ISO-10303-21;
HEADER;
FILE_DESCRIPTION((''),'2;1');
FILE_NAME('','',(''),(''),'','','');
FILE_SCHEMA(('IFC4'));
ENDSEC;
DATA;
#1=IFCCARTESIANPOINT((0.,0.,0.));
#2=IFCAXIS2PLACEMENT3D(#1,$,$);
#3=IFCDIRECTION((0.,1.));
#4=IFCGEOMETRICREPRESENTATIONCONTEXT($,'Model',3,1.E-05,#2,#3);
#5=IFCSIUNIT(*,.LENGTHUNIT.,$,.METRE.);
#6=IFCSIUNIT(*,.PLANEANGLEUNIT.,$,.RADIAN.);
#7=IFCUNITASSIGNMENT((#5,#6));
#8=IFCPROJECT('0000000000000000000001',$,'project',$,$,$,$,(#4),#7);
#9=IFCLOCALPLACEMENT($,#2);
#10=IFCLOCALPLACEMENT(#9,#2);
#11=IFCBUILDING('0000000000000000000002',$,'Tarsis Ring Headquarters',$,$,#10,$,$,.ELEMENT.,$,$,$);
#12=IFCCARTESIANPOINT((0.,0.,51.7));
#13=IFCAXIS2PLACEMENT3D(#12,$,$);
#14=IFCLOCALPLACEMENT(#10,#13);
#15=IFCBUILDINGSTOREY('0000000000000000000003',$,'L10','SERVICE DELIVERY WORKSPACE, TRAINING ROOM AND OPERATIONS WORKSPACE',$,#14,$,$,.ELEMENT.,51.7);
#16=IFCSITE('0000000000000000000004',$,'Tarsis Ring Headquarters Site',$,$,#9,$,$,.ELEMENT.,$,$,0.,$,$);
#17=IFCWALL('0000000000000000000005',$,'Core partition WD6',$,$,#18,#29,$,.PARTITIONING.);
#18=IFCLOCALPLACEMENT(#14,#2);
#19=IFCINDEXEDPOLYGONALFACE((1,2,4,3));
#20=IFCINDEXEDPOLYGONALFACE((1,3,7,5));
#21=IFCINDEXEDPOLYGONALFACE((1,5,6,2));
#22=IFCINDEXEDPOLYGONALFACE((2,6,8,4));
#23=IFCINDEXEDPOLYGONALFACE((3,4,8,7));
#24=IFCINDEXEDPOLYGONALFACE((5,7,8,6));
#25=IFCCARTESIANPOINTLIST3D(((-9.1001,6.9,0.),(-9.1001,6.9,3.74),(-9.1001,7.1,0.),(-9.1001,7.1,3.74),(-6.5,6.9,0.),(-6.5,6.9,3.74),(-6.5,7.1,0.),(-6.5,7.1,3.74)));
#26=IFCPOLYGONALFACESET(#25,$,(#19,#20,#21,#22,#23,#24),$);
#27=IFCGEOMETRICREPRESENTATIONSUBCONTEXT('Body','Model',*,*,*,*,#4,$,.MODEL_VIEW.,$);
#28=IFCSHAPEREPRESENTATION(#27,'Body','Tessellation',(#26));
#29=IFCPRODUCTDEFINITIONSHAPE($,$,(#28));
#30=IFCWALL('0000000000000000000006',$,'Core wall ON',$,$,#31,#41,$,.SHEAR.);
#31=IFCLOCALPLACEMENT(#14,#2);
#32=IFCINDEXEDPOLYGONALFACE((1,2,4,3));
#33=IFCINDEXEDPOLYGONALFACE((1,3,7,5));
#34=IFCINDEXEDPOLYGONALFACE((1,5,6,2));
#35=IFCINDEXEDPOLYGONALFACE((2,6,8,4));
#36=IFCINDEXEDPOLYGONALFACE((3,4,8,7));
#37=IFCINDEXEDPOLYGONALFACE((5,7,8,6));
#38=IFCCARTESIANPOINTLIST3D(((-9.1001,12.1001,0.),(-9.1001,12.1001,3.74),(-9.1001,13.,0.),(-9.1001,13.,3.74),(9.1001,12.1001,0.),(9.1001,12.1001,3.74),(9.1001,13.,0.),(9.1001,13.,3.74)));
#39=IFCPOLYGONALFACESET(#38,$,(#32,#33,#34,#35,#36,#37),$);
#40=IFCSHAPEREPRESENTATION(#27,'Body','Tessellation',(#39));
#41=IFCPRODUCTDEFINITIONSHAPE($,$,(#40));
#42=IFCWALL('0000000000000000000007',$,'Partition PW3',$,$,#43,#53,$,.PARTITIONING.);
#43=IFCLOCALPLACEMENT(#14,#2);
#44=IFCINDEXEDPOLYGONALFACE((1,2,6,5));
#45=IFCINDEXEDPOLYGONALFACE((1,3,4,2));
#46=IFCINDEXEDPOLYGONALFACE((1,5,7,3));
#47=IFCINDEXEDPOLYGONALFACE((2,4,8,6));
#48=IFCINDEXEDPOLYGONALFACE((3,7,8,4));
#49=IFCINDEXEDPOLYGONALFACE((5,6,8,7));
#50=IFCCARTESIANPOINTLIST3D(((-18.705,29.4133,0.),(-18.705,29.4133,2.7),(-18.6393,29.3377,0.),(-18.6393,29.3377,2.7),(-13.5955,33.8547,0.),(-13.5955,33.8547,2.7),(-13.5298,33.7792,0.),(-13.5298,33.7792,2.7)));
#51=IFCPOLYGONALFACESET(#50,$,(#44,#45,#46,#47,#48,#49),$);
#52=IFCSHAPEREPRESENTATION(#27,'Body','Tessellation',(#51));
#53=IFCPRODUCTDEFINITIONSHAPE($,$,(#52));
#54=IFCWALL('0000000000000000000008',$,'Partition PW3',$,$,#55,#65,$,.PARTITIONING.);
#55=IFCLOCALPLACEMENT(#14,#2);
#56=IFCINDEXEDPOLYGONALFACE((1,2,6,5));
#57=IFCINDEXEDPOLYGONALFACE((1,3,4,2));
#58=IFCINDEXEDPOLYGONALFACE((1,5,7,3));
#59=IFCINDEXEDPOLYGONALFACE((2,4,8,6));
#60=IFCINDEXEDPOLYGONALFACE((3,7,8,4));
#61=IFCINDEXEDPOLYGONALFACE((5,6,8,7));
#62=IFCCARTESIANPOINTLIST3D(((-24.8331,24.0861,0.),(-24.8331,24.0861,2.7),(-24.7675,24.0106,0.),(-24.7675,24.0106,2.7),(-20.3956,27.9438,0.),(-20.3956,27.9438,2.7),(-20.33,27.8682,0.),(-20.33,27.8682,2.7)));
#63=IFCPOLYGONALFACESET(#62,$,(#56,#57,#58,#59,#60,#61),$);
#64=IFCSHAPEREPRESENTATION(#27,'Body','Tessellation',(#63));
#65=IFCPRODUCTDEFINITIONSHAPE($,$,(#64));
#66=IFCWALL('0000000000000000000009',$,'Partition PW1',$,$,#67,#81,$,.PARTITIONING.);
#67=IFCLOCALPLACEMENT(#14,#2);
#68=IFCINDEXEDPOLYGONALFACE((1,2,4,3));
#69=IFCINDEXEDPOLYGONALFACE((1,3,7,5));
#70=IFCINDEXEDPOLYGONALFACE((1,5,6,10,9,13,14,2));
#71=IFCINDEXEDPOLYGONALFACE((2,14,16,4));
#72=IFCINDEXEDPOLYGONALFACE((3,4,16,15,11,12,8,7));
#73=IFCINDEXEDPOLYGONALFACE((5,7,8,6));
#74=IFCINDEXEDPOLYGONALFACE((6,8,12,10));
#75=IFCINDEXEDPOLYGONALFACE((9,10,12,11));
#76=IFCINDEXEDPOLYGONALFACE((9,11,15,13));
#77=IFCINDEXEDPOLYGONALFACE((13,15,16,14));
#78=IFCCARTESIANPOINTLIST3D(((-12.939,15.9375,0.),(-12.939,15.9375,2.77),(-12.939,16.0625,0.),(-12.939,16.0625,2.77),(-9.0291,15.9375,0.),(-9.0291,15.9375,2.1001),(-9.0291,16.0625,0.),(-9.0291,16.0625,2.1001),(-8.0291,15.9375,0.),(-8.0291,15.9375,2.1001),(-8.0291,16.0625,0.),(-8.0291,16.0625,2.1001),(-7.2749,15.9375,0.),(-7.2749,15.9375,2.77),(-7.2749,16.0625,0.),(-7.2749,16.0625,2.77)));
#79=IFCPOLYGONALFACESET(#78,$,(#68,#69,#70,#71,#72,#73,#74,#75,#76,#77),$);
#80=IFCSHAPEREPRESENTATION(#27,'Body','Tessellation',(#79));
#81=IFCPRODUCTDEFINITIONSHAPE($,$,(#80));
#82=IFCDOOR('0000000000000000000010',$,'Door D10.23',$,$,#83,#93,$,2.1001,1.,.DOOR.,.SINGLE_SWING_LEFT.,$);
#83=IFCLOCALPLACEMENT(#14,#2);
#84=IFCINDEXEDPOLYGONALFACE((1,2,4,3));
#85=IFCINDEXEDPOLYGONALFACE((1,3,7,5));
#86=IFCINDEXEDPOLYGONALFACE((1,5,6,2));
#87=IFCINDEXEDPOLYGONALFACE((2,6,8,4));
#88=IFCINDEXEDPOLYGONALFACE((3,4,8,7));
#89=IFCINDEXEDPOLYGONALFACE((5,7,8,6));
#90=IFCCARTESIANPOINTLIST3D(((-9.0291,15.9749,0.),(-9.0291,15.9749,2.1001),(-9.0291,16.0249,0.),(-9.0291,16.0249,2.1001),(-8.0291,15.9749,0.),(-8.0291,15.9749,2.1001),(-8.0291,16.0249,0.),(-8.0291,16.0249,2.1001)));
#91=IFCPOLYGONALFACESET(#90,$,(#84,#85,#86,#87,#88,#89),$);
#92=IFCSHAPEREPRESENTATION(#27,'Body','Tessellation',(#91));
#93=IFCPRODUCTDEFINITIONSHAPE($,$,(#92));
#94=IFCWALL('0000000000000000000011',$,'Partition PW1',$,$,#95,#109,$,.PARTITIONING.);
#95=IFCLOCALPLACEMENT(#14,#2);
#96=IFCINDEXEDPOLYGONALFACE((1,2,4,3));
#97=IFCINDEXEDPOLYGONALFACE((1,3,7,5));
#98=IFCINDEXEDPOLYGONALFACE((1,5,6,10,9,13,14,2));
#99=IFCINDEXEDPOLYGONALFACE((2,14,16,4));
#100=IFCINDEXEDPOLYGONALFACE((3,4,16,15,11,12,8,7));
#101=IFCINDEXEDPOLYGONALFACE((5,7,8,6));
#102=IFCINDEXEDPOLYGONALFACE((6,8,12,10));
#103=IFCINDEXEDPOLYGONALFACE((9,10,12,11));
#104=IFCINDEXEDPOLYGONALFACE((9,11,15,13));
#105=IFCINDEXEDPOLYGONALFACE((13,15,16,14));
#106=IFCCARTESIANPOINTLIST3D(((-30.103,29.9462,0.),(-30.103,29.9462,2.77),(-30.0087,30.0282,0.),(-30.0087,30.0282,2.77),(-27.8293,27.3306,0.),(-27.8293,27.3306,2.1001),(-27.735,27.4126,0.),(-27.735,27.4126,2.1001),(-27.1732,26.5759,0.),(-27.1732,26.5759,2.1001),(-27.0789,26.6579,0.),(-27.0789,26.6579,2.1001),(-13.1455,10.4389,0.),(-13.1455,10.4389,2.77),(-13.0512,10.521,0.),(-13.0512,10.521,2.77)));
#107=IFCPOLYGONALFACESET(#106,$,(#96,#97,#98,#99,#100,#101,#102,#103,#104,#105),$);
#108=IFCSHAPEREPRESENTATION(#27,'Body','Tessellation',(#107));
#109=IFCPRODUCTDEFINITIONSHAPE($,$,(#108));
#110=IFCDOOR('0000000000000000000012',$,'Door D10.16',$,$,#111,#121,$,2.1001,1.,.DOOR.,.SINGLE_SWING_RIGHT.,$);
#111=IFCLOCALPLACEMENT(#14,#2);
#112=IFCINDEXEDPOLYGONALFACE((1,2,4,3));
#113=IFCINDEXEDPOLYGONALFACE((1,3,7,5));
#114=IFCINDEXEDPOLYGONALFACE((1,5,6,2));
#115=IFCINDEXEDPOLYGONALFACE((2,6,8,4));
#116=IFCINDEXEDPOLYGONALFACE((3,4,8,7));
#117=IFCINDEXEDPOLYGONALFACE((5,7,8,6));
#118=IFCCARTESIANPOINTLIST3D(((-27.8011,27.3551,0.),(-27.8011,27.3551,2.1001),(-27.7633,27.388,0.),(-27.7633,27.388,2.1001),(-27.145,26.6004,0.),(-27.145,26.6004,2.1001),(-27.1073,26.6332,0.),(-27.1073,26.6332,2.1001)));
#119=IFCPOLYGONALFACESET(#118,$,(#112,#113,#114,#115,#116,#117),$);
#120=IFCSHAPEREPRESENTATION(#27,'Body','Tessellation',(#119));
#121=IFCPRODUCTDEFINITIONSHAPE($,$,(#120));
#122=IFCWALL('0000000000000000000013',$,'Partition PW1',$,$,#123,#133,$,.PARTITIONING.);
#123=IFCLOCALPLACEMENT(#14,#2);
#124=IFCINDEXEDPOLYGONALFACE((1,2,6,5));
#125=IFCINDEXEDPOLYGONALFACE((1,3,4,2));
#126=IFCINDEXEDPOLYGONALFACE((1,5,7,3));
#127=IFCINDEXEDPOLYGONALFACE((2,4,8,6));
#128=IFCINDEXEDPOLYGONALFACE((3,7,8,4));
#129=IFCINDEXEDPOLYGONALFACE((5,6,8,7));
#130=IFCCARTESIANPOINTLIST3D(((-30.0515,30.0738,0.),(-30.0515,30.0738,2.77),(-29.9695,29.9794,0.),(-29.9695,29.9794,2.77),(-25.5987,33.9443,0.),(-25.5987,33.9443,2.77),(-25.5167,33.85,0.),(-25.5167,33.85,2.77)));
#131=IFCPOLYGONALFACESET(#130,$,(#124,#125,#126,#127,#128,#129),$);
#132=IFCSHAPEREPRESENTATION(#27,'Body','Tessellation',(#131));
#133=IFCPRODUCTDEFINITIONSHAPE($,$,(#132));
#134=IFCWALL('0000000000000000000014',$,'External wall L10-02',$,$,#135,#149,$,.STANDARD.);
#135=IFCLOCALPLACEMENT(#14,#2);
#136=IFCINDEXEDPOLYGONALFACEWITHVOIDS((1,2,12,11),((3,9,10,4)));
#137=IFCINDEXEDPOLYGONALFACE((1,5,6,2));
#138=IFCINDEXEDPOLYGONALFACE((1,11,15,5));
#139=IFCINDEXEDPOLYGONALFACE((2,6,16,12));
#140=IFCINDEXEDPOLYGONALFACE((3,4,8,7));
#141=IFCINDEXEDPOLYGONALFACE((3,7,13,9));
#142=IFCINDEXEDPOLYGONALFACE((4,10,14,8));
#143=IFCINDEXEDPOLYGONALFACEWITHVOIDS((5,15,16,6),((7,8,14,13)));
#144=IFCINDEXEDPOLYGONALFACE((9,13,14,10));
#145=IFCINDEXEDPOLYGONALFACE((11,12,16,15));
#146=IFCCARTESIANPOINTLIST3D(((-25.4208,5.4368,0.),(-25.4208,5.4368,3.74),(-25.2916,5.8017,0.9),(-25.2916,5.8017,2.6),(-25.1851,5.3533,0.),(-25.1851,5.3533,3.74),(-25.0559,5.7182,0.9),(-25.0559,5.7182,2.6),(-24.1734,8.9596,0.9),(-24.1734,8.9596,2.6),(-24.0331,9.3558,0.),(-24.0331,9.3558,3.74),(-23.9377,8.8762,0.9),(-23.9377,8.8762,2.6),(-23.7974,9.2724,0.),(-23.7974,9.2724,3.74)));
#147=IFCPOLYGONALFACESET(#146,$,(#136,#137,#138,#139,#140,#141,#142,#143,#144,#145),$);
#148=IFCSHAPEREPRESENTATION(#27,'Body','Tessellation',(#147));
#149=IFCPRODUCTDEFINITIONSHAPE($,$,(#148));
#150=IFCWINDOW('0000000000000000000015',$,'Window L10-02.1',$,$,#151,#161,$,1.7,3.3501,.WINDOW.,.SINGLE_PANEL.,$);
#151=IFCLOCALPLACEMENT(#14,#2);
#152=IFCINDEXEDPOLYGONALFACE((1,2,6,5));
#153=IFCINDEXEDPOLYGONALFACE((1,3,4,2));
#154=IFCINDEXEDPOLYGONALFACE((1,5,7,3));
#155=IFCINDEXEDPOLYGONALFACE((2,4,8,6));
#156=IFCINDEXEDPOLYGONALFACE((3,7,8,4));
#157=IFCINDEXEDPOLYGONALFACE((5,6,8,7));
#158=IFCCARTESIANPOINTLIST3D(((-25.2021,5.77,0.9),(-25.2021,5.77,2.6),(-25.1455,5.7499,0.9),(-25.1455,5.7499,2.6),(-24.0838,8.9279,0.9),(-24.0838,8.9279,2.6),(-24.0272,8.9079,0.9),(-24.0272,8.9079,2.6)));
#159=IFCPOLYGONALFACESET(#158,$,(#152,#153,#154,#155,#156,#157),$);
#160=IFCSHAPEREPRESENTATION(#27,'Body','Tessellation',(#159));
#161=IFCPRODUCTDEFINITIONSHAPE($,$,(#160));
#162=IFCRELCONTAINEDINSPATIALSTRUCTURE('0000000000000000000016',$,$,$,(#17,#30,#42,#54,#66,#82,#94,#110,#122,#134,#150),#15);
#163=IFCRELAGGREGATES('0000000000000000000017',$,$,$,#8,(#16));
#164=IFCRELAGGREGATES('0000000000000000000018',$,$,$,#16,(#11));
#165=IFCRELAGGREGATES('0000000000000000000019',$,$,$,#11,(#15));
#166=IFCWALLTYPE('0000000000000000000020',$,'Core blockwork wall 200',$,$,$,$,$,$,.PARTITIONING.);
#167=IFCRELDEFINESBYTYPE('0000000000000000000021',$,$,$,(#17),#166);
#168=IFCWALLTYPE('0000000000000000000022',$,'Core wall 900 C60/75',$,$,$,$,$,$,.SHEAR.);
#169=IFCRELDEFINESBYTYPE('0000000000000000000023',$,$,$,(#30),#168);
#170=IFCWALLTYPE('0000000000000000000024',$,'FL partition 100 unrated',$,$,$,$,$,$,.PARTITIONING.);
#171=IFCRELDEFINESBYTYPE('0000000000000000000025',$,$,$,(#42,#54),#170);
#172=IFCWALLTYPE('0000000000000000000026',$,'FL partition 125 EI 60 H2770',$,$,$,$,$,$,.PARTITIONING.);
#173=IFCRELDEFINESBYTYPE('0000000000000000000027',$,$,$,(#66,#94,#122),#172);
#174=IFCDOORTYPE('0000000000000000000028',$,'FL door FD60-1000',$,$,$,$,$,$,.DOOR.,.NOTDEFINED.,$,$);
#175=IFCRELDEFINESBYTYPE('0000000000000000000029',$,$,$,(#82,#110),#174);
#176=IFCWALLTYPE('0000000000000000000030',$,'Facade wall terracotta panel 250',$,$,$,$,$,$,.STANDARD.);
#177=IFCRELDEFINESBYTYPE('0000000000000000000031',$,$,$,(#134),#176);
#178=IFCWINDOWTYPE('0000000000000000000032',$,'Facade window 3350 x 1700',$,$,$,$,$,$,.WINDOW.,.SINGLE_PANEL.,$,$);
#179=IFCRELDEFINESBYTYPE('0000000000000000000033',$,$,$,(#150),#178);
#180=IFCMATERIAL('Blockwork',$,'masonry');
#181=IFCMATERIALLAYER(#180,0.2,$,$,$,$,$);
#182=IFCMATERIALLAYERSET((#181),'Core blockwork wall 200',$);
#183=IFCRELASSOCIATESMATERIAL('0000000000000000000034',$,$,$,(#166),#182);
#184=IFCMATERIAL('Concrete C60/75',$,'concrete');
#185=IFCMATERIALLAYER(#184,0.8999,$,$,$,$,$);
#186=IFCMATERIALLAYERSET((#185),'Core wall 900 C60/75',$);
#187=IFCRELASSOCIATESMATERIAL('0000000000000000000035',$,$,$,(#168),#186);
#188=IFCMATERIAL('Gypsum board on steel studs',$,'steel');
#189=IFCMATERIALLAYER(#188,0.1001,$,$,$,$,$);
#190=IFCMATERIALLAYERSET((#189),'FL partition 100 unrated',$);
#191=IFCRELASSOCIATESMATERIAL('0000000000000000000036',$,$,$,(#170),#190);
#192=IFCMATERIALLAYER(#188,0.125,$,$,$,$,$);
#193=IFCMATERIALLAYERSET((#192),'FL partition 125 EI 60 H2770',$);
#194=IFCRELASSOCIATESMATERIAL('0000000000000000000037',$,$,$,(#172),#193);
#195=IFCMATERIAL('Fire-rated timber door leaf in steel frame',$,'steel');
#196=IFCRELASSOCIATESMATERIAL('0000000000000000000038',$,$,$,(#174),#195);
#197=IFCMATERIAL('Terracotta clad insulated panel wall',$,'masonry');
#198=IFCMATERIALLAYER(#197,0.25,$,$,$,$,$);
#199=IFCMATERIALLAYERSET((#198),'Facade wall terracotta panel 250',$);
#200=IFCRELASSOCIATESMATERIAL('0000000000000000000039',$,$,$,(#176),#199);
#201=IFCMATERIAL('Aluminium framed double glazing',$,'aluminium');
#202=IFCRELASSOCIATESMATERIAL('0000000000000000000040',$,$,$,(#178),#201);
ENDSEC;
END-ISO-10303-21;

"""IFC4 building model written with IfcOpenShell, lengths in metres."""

from ifc_helpers import new_model, si_unit, direction, frame, frame_2d, origin, place, context, subcontext, project, spatial, rectangle, extrude, material, layer, layer_set, type_object, element, fill, save


model = new_model("IFC4")

# Units and contexts
model_context = context("Model", 3, precision=1e-05, world=origin(), true_north=direction((0.0, 1.0)))
body_context = subcontext(model_context, "Body", "Model", "MODEL_VIEW")
ifc_project = project(units=[si_unit("LENGTHUNIT", "METRE"), si_unit("PLANEANGLEUNIT", "RADIAN")], contexts=[model_context])

# Site, building, storey
site_placement = place(None, origin())
site = spatial("IfcSite", under=ifc_project, at=site_placement, Name="Tarsis Ring Headquarters Site", CompositionType="ELEMENT", RefElevation=0.0)
building_placement = place(site_placement, origin())
building = spatial("IfcBuilding", under=site, at=building_placement, Name="Tarsis Ring Headquarters", CompositionType="ELEMENT")
storey_placement = place(building_placement, frame((0.0, 0.0, 51.7)))
storey = spatial("IfcBuildingStorey", under=building, at=storey_placement, Name="L10", Description="SERVICE DELIVERY WORKSPACE, TRAINING ROOM AND OPERATIONS WORKSPACE", CompositionType="ELEMENT", Elevation=51.7)

# Walls
ifc_material_1 = material(Name="Blockwork", Category="masonry")
ifc_layer_1 = layer(ifc_material_1, 0.2)
ifc_layer_set_1 = layer_set([ifc_layer_1], Name="Core blockwork wall 200")
wall_type_1 = type_object("IfcWallType", Name="Core blockwork wall 200", PredefinedType="PARTITIONING", material=ifc_layer_set_1)
wall_1_placement = place(storey_placement, frame((-9.1001, 7.0, 0.0), z_axis=(0.0, 0.0, 1.0), x_axis=(1.0, 0.0, 0.0)))
element("IfcWall", 1, at=wall_1_placement, inside=storey, type_object=wall_type_1, Name="Core partition WD6", PredefinedType="PARTITIONING", context=body_context, shape_type="SweptSolid", body=[
    extrude(rectangle(XDim=2.6001, YDim=0.2, at=frame_2d((1.3, 0.0))), origin(), (0.0, 0.0, 1.0), 3.74),
])
ifc_material_2 = material(Name="Concrete C60/75", Category="concrete")
ifc_layer_2 = layer(ifc_material_2, 0.8999)
ifc_layer_set_2 = layer_set([ifc_layer_2], Name="Core wall 900 C60/75")
wall_type_2 = type_object("IfcWallType", Name="Core wall 900 C60/75", PredefinedType="SHEAR", material=ifc_layer_set_2)
wall_2_placement = place(storey_placement, frame((-9.1001, 12.55, 0.0), z_axis=(0.0, 0.0, 1.0), x_axis=(1.0, 0.0, 0.0)))
element("IfcWall", 2, at=wall_2_placement, inside=storey, type_object=wall_type_2, Name="Core wall ON", PredefinedType="SHEAR", context=body_context, shape_type="SweptSolid", body=[
    extrude(rectangle(XDim=18.2002, YDim=0.8999, at=frame_2d((9.1001, 0.0))), origin(), (0.0, 0.0, 1.0), 3.74),
])
ifc_material_3 = material(Name="Gypsum board on steel studs", Category="steel")
ifc_layer_3 = layer(ifc_material_3, 0.1001)
ifc_layer_set_3 = layer_set([ifc_layer_3], Name="FL partition 100 unrated")
wall_type_3 = type_object("IfcWallType", Name="FL partition 100 unrated", PredefinedType="PARTITIONING", material=ifc_layer_set_3)
wall_3_placement = place(storey_placement, frame((-18.6721, 29.3755, 0.0), z_axis=(0.0, 0.0, 1.0), x_axis=(0.754717, 0.65605, 0.0)))
element("IfcWall", 3, at=wall_3_placement, inside=storey, type_object=wall_type_3, Name="Partition PW3", PredefinedType="PARTITIONING", context=body_context, shape_type="SweptSolid", body=[
    extrude(rectangle(XDim=6.77, YDim=0.1001, at=frame_2d((3.385, 0.0))), origin(), (0.0, 0.0, 1.0), 2.7),
])
wall_4_placement = place(storey_placement, frame((-24.8003, 24.0483, 0.0), z_axis=(0.0, 0.0, 1.0), x_axis=(0.754692, 0.656079, 0.0)))
element("IfcWall", 4, at=wall_4_placement, inside=storey, type_object=wall_type_3, Name="Partition PW3", PredefinedType="PARTITIONING", context=body_context, shape_type="SweptSolid", body=[
    extrude(rectangle(XDim=5.8799, YDim=0.1001, at=frame_2d((2.9399, 0.0))), origin(), (0.0, 0.0, 1.0), 2.7),
])

# Walls, openings, doors
ifc_layer_4 = layer(ifc_material_3, 0.125)
ifc_layer_set_4 = layer_set([ifc_layer_4], Name="FL partition 125 EI 60 H2770")
wall_type_4 = type_object("IfcWallType", Name="FL partition 125 EI 60 H2770", PredefinedType="PARTITIONING", material=ifc_layer_set_4)
wall_5_placement = place(storey_placement, frame((-12.939, 16.0, 0.0), z_axis=(0.0, 0.0, 1.0), x_axis=(1.0, 0.0, 0.0)))
wall_5 = element("IfcWall", 5, at=wall_5_placement, inside=storey, type_object=wall_type_4, Name="Partition PW1", PredefinedType="PARTITIONING", context=body_context, shape_type="SweptSolid", body=[
    extrude(rectangle(XDim=5.6641, YDim=0.125, at=frame_2d((2.832, 0.0))), origin(), (0.0, 0.0, 1.0), 2.77),
])
opening_1_placement = place(wall_5_placement, frame((3.9099, 0.0, 0.0)))
opening_1 = element("IfcOpeningElement", 6, at=opening_1_placement, cuts=wall_5, PredefinedType="OPENING", context=body_context, shape_type="SweptSolid", body=[
    extrude(rectangle(XDim=1.0, YDim=2.1001, at=frame_2d((0.5, 1.05))), frame((0.0, 0.0725, 0.0), z_axis=(0.0, -1.0, 0.0), x_axis=(1.0, 0.0, 0.0)), (0.0, 0.0, 1.0), 0.145),
])
ifc_material_4 = material(Name="Fire-rated timber door leaf in steel frame", Category="steel")
door_type_1 = type_object("IfcDoorType", Name="FL door FD60-1000", OperationType="NOTDEFINED", PredefinedType="DOOR", material=ifc_material_4)
door_1_placement = place(opening_1_placement, origin())
door_1 = element("IfcDoor", 7, at=door_1_placement, inside=storey, type_object=door_type_1, Name="Door D10.23", OperationType="SINGLE_SWING_LEFT", OverallHeight=2.1001, OverallWidth=1.0, PredefinedType="DOOR", context=body_context, shape_type="SweptSolid", body=[
    extrude(rectangle(XDim=1.0, YDim=2.1001, at=frame_2d((0.5, 1.05))), frame((0.0, 0.0249, 0.0), z_axis=(0.0, -1.0, 0.0), x_axis=(1.0, 0.0, 0.0)), (0.0, 0.0, 1.0), 0.05),
])
fill(opening_1, door_1)
wall_6_placement = place(storey_placement, frame((-30.0559, 29.9873, 0.0), z_axis=(0.0, 0.0, 1.0), x_axis=(0.65606, -0.754708, 0.0)))
wall_6 = element("IfcWall", 8, at=wall_6_placement, inside=storey, type_object=wall_type_4, Name="Partition PW1", PredefinedType="PARTITIONING", context=body_context, shape_type="SweptSolid", body=[
    extrude(rectangle(XDim=25.8474, YDim=0.125, at=frame_2d((12.9238, 0.0))), origin(), (0.0, 0.0, 1.0), 2.77),
])
opening_2_placement = place(wall_6_placement, frame((3.4658, 0.0, 0.0)))
opening_2 = element("IfcOpeningElement", 9, at=opening_2_placement, cuts=wall_6, PredefinedType="OPENING", context=body_context, shape_type="SweptSolid", body=[
    extrude(rectangle(XDim=1.0, YDim=2.1001, at=frame_2d((0.5, 1.05))), frame((0.0, 0.0725, 0.0), z_axis=(0.0, -1.0, 0.0), x_axis=(1.0, 0.0, 0.0)), (0.0, 0.0, 1.0), 0.145),
])
door_2_placement = place(opening_2_placement, origin())
door_2 = element("IfcDoor", 10, at=door_2_placement, inside=storey, type_object=door_type_1, Name="Door D10.16", OperationType="SINGLE_SWING_RIGHT", OverallHeight=2.1001, OverallWidth=1.0, PredefinedType="DOOR", context=body_context, shape_type="SweptSolid", body=[
    extrude(rectangle(XDim=1.0, YDim=2.1001, at=frame_2d((0.5, 1.05))), frame((0.0, 0.0249, 0.0), z_axis=(0.0, -1.0, 0.0), x_axis=(1.0, 0.0, 0.0)), (0.0, 0.0, 1.0), 0.05),
])
fill(opening_2, door_2)

# Wall
wall_7_placement = place(storey_placement, frame((-30.0105, 30.0266, 0.0), z_axis=(0.0, 0.0, 1.0), x_axis=(0.754728, 0.656037, 0.0)))
element("IfcWall", 11, at=wall_7_placement, inside=storey, type_object=wall_type_4, Name="Partition PW1", PredefinedType="PARTITIONING", context=body_context, shape_type="SweptSolid", body=[
    extrude(rectangle(XDim=5.8999, YDim=0.125, at=frame_2d((2.95, 0.0))), origin(), (0.0, 0.0, 1.0), 2.77),
])

# Wall, opening, window
ifc_material_5 = material(Name="Terracotta clad insulated panel wall", Category="masonry")
ifc_layer_5 = layer(ifc_material_5, 0.25)
ifc_layer_set_5 = layer_set([ifc_layer_5], Name="Facade wall terracotta panel 250")
wall_type_5 = type_object("IfcWallType", Name="Facade wall terracotta panel 250", PredefinedType="STANDARD", material=ifc_layer_set_5)
wall_8_placement = place(storey_placement, frame((-23.9153, 9.314, 0.0), z_axis=(0.0, 0.0, 1.0), x_axis=(-0.333791, -0.942647, 0.0)))
wall_8 = element("IfcWall", 12, at=wall_8_placement, inside=storey, type_object=wall_type_5, Name="External wall L10-02", PredefinedType="STANDARD", context=body_context, shape_type="SweptSolid", body=[
    extrude(rectangle(XDim=4.1575, YDim=0.25, at=frame_2d((2.0786, 0.0))), origin(), (0.0, 0.0, 1.0), 3.74),
])
opening_3_placement = place(wall_8_placement, frame((0.4202, 0.0, 0.8999)))
opening_3 = element("IfcOpeningElement", 13, at=opening_3_placement, cuts=wall_8, PredefinedType="OPENING", context=body_context, shape_type="SweptSolid", body=[
    extrude(rectangle(XDim=3.3501, YDim=1.7, at=frame_2d((1.675, 0.8501))), frame((0.0, 0.135, 0.0), z_axis=(0.0, -1.0, 0.0), x_axis=(1.0, 0.0, 0.0)), (0.0, 0.0, 1.0), 0.27),
])
ifc_material_6 = material(Name="Aluminium framed double glazing", Category="aluminium")
window_type_1 = type_object("IfcWindowType", Name="Facade window 3350 x 1700", PartitioningType="SINGLE_PANEL", PredefinedType="WINDOW", material=ifc_material_6)
window_1_placement = place(opening_3_placement, origin())
window_1 = element("IfcWindow", 14, at=window_1_placement, inside=storey, type_object=window_type_1, Name="Window L10-02.1", OverallHeight=1.7, OverallWidth=3.3501, PartitioningType="SINGLE_PANEL", PredefinedType="WINDOW", context=body_context, shape_type="SweptSolid", body=[
    extrude(rectangle(XDim=3.3501, YDim=1.7, at=frame_2d((1.675, 0.8501))), frame((0.0, 0.03, 0.0), z_axis=(0.0, -1.0, 0.0), x_axis=(1.0, 0.0, 0.0)), (0.0, 0.0, 1.0), 0.0601),
])
fill(opening_3, window_1)

save(model, "model.ifc")
